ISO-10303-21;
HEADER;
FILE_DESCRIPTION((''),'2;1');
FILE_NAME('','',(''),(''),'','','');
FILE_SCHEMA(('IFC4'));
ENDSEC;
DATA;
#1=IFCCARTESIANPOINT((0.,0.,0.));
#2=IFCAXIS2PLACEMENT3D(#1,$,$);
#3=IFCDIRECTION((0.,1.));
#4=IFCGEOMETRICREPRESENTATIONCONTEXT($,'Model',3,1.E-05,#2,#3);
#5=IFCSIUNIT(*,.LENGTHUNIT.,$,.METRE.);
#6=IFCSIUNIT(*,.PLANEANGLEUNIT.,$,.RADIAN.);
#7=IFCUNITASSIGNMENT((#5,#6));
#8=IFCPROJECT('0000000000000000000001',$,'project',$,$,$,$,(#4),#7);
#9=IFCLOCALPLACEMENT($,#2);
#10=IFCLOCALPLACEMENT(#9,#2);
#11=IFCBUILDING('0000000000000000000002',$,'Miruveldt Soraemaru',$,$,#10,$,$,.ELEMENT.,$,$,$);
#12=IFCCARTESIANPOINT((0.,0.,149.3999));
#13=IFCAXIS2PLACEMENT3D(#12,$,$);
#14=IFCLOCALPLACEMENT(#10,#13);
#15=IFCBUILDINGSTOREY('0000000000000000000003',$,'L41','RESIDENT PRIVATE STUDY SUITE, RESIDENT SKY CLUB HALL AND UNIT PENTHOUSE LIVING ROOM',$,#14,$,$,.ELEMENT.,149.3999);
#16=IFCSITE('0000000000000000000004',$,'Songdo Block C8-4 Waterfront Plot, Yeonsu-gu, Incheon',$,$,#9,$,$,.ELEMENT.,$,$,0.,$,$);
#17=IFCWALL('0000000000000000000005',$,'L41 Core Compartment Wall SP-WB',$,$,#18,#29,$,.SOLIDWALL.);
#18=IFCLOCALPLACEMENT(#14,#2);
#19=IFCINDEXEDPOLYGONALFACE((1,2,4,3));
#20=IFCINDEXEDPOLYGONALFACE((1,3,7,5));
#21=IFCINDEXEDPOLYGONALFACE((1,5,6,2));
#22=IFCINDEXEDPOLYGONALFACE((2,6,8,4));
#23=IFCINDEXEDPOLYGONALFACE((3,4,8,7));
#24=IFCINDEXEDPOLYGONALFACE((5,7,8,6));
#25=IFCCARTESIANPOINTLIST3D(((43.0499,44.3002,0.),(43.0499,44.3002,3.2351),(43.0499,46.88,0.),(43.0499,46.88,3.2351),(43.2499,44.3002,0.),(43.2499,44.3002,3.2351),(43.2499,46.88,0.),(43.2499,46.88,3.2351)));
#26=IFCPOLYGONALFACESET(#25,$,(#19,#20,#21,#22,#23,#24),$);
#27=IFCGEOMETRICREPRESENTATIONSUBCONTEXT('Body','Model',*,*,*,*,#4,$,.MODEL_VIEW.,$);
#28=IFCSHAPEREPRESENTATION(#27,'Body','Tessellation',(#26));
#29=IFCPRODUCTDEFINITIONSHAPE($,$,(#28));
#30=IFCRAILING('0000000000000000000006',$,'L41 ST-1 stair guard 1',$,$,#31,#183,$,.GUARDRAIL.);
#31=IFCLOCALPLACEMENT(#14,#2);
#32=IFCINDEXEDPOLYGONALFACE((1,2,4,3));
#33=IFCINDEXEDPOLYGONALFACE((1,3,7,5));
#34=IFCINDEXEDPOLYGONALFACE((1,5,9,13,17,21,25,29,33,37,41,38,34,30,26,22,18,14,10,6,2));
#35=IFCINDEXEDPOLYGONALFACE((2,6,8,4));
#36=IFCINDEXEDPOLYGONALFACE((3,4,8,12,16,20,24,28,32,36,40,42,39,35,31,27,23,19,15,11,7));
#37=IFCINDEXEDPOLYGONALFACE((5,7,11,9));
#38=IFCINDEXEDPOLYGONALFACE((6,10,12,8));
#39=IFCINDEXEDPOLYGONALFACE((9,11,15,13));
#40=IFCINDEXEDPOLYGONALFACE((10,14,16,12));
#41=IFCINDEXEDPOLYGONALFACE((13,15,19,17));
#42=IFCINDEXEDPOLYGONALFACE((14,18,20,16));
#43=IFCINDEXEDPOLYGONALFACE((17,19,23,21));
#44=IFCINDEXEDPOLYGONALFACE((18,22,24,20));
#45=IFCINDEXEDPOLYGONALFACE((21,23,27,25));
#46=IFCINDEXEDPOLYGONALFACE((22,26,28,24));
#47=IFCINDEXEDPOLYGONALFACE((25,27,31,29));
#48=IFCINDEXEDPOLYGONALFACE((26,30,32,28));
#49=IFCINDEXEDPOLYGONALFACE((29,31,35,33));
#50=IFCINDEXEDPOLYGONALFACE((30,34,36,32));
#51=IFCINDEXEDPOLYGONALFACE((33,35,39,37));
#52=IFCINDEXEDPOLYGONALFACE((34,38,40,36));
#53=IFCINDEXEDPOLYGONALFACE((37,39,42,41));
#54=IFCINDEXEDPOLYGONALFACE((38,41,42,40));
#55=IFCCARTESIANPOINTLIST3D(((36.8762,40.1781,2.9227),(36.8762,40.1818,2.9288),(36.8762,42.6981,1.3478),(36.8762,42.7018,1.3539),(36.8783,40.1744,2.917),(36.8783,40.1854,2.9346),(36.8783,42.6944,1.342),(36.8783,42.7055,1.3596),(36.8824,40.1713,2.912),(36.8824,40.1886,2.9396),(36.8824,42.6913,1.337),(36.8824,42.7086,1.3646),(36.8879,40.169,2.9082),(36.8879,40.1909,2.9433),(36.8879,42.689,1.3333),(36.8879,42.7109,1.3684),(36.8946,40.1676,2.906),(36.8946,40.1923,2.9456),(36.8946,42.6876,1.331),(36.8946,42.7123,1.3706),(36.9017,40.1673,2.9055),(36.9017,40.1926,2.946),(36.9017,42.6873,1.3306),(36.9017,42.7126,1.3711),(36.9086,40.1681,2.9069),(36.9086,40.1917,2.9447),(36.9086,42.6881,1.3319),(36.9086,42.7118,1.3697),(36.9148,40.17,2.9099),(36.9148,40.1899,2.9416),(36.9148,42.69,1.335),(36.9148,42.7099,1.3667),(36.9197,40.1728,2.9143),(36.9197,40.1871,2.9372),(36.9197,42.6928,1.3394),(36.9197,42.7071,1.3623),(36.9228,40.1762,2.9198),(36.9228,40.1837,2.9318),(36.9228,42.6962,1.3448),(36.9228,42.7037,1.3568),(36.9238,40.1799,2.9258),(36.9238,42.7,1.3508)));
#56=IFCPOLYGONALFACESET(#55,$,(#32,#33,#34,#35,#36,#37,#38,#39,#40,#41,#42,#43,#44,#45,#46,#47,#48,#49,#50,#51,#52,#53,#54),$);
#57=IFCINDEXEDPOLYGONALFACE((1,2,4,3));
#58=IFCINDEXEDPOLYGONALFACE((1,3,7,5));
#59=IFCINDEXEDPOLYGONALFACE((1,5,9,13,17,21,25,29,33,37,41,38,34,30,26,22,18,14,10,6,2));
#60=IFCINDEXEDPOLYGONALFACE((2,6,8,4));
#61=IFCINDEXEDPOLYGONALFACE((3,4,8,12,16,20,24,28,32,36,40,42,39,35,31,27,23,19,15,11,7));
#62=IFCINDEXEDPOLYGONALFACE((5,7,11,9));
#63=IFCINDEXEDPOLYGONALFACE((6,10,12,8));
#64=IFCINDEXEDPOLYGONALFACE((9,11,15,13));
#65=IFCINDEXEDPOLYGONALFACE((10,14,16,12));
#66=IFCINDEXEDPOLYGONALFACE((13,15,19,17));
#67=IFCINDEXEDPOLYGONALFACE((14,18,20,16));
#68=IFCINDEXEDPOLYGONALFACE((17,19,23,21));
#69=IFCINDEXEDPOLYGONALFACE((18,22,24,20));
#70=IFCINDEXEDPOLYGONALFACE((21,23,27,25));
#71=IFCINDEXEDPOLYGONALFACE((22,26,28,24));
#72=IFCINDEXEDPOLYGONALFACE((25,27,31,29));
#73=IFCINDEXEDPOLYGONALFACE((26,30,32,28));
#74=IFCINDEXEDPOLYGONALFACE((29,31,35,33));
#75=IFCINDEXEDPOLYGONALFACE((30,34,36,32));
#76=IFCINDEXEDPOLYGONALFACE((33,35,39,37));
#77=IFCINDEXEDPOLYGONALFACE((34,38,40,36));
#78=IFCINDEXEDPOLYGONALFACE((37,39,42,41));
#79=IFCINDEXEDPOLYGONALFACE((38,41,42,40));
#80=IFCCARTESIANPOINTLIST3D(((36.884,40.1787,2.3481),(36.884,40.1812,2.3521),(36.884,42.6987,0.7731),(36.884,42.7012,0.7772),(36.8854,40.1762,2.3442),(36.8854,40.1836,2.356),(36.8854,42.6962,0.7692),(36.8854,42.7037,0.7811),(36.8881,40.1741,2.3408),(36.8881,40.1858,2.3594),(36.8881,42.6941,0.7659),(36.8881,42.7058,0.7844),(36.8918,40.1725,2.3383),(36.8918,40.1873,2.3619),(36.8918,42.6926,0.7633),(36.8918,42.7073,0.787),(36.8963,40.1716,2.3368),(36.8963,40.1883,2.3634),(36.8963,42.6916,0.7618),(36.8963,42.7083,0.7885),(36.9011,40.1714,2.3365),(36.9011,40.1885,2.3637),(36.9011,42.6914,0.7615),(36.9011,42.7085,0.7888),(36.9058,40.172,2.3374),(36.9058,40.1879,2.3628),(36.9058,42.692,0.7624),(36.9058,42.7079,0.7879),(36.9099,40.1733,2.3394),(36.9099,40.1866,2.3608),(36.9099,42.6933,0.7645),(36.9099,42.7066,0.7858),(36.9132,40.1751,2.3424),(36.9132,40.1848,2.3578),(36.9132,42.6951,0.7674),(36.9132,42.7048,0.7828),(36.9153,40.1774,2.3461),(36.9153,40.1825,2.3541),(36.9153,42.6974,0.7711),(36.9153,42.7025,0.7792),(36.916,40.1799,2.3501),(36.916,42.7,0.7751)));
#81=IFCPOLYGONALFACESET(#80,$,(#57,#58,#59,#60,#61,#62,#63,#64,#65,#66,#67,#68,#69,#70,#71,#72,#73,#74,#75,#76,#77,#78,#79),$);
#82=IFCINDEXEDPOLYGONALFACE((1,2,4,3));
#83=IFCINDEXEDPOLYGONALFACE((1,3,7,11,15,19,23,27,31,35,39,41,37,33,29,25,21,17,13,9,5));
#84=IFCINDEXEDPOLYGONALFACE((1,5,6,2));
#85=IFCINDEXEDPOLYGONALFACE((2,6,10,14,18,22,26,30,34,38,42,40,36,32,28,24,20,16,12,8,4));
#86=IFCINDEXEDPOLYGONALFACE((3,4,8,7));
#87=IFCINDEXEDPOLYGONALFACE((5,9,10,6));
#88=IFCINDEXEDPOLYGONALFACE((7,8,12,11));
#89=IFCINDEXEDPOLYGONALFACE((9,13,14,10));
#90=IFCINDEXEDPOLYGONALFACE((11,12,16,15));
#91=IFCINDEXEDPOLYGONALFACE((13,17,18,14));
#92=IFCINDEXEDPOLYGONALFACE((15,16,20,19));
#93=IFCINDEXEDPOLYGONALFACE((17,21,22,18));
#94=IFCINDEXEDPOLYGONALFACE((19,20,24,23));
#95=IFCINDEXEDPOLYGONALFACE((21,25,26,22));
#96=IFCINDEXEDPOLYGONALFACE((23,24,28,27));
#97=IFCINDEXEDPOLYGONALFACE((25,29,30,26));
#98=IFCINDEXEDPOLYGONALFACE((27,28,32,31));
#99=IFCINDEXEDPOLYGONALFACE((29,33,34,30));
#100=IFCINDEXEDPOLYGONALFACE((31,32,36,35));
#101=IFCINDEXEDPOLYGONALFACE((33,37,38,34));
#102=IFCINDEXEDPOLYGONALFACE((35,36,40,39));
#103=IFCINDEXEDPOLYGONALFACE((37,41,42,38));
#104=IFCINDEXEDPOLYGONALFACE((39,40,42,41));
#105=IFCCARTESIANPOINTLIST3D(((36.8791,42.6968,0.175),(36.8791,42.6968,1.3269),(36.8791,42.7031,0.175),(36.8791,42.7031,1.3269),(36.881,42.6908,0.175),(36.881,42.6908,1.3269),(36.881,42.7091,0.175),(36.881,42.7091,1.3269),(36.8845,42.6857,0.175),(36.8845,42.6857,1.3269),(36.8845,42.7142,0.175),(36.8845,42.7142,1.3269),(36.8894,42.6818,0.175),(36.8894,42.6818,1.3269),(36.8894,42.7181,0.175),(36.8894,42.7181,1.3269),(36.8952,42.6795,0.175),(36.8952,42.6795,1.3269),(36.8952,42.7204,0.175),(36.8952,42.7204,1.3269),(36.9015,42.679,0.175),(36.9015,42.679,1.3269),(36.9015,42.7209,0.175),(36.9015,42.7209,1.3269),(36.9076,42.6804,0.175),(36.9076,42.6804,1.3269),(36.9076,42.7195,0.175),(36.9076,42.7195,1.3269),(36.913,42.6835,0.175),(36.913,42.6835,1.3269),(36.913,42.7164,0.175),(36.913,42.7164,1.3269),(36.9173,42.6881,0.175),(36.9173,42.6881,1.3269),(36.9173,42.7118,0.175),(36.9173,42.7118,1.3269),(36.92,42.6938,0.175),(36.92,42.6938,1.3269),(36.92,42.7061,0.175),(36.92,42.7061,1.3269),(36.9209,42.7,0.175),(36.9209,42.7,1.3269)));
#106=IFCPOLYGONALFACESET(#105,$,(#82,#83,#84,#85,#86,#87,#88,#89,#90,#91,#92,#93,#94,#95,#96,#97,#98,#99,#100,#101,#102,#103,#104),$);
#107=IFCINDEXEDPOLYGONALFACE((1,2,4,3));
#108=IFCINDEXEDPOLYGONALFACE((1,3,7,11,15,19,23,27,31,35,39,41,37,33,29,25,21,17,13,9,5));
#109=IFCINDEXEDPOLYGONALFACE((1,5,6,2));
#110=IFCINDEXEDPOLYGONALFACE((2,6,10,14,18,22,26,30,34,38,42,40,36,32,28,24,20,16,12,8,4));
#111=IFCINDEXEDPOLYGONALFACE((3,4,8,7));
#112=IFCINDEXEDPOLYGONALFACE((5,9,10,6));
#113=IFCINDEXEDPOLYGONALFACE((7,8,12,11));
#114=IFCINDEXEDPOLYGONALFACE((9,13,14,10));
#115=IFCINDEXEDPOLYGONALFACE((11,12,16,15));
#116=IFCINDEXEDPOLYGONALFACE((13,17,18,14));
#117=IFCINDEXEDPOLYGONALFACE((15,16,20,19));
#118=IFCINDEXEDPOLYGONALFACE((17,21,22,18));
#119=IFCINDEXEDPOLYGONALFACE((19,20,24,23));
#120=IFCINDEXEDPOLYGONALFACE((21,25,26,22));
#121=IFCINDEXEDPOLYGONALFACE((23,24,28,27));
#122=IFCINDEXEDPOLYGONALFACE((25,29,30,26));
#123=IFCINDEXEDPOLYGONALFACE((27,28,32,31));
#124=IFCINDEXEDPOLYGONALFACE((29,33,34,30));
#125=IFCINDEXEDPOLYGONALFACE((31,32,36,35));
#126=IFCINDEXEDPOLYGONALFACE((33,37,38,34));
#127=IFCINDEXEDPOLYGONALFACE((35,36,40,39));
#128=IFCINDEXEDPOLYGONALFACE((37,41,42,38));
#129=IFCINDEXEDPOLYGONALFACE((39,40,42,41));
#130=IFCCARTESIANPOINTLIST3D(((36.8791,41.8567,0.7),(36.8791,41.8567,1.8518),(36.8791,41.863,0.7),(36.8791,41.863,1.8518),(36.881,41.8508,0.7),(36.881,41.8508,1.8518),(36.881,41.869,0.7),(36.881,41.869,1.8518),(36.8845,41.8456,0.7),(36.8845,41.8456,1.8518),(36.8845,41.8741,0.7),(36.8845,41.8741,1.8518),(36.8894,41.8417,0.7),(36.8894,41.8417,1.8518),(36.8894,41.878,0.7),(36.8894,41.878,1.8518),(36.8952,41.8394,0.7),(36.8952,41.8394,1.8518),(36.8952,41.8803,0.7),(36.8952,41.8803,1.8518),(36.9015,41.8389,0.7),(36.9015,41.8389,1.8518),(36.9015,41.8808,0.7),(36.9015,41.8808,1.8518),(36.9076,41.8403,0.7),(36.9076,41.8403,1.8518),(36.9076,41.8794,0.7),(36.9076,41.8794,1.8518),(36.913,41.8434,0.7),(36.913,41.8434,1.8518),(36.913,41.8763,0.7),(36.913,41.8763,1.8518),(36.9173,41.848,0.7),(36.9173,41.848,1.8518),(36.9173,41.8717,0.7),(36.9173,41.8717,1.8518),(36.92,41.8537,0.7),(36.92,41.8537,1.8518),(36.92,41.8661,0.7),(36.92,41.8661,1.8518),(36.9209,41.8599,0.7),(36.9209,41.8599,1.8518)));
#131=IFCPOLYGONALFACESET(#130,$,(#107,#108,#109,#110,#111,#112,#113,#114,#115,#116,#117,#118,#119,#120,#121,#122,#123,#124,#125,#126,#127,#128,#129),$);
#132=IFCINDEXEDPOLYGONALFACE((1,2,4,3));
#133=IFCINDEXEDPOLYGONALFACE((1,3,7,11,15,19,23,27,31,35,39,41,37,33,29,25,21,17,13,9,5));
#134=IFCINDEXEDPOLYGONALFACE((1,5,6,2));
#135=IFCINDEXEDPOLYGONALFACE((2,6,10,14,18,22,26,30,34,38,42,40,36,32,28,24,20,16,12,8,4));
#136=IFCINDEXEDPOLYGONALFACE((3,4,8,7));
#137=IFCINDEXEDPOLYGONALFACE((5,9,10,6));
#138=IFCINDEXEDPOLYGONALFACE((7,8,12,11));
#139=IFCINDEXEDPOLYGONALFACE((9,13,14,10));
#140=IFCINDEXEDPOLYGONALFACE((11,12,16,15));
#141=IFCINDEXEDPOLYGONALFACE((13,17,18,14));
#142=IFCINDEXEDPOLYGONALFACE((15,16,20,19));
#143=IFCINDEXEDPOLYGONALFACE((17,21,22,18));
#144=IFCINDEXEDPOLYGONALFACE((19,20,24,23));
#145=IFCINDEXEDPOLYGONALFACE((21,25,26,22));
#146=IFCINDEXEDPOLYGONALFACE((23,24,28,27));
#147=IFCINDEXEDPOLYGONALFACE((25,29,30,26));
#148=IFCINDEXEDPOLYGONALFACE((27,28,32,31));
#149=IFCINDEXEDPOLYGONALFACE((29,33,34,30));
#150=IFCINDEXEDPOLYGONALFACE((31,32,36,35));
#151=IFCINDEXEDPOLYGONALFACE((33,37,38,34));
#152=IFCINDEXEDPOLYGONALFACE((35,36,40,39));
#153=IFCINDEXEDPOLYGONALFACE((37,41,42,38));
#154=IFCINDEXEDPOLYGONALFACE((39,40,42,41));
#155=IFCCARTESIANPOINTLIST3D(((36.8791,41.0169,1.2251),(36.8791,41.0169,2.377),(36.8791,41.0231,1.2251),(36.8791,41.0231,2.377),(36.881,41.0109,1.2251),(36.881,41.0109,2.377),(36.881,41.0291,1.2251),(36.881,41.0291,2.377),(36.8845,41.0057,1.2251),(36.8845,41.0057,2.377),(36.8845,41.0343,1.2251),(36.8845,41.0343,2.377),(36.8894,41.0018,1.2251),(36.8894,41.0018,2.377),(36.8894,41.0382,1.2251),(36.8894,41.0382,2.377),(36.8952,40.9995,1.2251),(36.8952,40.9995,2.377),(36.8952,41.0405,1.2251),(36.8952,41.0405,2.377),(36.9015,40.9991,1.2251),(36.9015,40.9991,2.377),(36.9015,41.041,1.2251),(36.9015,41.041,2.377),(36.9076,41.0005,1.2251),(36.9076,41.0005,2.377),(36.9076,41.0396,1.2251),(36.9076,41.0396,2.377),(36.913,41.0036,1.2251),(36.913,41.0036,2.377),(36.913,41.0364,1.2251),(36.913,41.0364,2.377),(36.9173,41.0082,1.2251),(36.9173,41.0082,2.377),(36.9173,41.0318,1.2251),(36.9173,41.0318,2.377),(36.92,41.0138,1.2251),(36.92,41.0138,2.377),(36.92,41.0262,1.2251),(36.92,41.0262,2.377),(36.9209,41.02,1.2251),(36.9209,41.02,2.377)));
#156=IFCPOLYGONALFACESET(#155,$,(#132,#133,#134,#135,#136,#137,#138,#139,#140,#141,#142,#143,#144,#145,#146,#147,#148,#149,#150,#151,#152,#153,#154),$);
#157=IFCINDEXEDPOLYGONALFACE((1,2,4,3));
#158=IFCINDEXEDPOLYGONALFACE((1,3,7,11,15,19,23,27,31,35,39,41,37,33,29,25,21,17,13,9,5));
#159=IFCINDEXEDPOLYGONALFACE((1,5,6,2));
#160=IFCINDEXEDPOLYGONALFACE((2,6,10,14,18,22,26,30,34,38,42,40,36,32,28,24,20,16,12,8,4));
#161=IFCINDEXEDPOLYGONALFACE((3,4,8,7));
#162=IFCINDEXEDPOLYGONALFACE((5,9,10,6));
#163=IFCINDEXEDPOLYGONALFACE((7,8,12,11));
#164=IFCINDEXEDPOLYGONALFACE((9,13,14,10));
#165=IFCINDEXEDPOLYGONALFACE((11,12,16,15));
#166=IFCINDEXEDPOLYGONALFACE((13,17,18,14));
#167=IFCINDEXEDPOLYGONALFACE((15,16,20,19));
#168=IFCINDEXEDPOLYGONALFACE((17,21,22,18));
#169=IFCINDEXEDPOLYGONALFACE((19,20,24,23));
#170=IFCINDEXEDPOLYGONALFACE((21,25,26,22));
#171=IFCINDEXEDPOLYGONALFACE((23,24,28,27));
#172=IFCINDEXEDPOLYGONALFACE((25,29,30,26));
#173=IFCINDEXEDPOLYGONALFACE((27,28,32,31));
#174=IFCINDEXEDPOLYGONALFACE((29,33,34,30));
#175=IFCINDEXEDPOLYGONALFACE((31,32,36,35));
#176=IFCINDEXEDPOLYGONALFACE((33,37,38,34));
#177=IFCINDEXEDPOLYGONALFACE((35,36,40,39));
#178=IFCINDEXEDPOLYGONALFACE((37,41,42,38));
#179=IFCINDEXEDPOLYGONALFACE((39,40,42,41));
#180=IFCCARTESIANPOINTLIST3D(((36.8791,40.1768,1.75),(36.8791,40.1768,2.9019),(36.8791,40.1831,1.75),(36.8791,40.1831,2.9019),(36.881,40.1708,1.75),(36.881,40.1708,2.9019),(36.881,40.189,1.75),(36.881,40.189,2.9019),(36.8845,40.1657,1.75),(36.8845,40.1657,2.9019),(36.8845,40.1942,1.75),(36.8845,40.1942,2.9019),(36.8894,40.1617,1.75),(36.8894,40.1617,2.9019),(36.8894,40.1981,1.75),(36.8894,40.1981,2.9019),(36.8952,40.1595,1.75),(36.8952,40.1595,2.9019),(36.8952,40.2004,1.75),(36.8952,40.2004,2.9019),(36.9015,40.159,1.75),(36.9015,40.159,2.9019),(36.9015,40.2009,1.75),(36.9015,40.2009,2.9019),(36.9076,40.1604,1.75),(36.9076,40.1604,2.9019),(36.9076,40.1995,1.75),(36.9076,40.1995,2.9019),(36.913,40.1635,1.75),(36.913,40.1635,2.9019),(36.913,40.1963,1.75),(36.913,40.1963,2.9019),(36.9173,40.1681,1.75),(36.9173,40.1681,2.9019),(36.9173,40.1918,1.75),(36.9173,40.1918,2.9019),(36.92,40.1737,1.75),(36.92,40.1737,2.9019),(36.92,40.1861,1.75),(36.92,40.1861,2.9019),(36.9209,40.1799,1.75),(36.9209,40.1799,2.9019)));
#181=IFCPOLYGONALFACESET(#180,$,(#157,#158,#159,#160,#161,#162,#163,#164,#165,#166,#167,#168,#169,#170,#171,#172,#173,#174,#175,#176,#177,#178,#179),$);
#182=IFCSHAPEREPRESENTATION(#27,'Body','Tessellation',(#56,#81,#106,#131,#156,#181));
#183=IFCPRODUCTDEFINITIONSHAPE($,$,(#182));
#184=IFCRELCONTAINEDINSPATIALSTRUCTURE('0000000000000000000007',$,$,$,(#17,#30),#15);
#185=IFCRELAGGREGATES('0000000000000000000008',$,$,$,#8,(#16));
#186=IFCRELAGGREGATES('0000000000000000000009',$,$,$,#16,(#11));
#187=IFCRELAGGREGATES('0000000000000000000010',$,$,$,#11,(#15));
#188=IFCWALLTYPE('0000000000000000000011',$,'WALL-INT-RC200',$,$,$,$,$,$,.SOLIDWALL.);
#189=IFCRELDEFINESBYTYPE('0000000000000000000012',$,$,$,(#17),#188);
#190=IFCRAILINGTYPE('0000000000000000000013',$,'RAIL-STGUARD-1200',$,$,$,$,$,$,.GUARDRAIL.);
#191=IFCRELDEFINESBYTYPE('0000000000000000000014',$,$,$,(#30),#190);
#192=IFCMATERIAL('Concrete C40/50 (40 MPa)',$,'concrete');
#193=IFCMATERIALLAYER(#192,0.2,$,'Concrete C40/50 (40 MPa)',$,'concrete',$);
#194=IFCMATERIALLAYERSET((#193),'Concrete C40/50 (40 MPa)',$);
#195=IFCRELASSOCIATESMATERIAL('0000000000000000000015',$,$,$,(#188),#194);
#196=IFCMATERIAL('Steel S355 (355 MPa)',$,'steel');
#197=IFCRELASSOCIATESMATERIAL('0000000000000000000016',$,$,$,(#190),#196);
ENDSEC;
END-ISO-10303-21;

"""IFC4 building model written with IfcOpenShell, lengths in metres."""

from ifc_helpers import new_model, si_unit, direction, frame, frame_2d, origin, origin_2d, place, context, subcontext, project, spatial, rectangle, circle, extrude, material, layer, layer_set, type_object, element, save


model = new_model("IFC4")

# Units and contexts
model_context = context("Model", 3, precision=1e-05, world=origin(), true_north=direction((0.0, 1.0)))
body_context = subcontext(model_context, "Body", "Model", "MODEL_VIEW")
ifc_project = project(units=[si_unit("LENGTHUNIT", "METRE"), si_unit("PLANEANGLEUNIT", "RADIAN")], contexts=[model_context])

# Site, building, storey
site_placement = place(None, origin())
site = spatial("IfcSite", under=ifc_project, at=site_placement, Name="Songdo Block C8-4 Waterfront Plot, Yeonsu-gu, Incheon", CompositionType="ELEMENT", RefElevation=0.0)
building_placement = place(site_placement, origin())
building = spatial("IfcBuilding", under=site, at=building_placement, Name="Miruveldt Soraemaru", CompositionType="ELEMENT")
storey_placement = place(building_placement, frame((0.0, 0.0, 149.3999)))
storey = spatial("IfcBuildingStorey", under=building, at=storey_placement, Name="L41", Description="RESIDENT PRIVATE STUDY SUITE, RESIDENT SKY CLUB HALL AND UNIT PENTHOUSE LIVING ROOM", CompositionType="ELEMENT", Elevation=149.3999)

# Shared definitions
ifc_material_1 = material(Name="Concrete C40/50 (40 MPa)", Category="concrete")

# Shared definitions
ifc_layer_1 = layer(ifc_material_1, 0.2, Name="Concrete C40/50 (40 MPa)", Category="concrete")
ifc_layer_set_1 = layer_set([ifc_layer_1], Name="Concrete C40/50 (40 MPa)")
wall_type_1 = type_object("IfcWallType", Name="WALL-INT-RC200", PredefinedType="SOLIDWALL", material=ifc_layer_set_1)

# Wall
wall_1_placement = place(storey_placement, frame((43.1499, 44.3, 0.0), z_axis=(0.0, 0.0, 1.0), x_axis=(0.0, 1.0, 0.0)))
element("IfcWall", 1, at=wall_1_placement, inside=storey, type_object=wall_type_1, Name="L41 Core Compartment Wall SP-WB", PredefinedType="SOLIDWALL", context=body_context, shape_type="SweptSolid", body=[
    extrude(rectangle(XDim=2.5798, YDim=0.2, at=frame_2d((1.29, 0.0))), origin(), (0.0, 0.0, 1.0), 3.2351),
])

# Railing
ifc_material_2 = material(Name="Steel S355 (355 MPa)", Category="steel")
railing_type = type_object("IfcRailingType", Name="RAIL-STGUARD-1200", PredefinedType="GUARDRAIL", material=ifc_material_2)
railing_1_placement = place(storey_placement, frame((36.8999, 42.7, 0.175)))
element("IfcRailing", 2, at=railing_1_placement, inside=storey, type_object=railing_type, Name="L41 ST-1 stair guard 1", PredefinedType="GUARDRAIL", context=body_context, shape_type="SweptSolid", body=[
    extrude(circle(Radius=0.0239, at=origin_2d()), frame((0.0, 0.0, 1.1758), z_axis=(0.0, -0.848008, 0.529984), x_axis=(1.0, 0.0, 0.0)), (0.0, 0.0, 1.0), 2.9717),
    extrude(circle(Radius=0.0161, at=origin_2d()), frame((0.0, 0.0, 0.6001), z_axis=(0.0, -0.848008, 0.529984), x_axis=(1.0, 0.0, 0.0)), (0.0, 0.0, 1.0), 2.9717),
    extrude(circle(Radius=0.021, at=origin_2d()), origin(), (0.0, 0.0, 1.0), 1.1519),
    extrude(circle(Radius=0.021, at=origin_2d()), frame((0.0, -0.8401, 0.5249)), (0.0, 0.0, 1.0), 1.1519),
    extrude(circle(Radius=0.021, at=origin_2d()), frame((0.0, -1.6799, 1.05)), (0.0, 0.0, 1.0), 1.1519),
    extrude(circle(Radius=0.021, at=origin_2d()), frame((0.0, -2.52, 1.575)), (0.0, 0.0, 1.0), 1.1519),
])

save(model, "model.ifc")
